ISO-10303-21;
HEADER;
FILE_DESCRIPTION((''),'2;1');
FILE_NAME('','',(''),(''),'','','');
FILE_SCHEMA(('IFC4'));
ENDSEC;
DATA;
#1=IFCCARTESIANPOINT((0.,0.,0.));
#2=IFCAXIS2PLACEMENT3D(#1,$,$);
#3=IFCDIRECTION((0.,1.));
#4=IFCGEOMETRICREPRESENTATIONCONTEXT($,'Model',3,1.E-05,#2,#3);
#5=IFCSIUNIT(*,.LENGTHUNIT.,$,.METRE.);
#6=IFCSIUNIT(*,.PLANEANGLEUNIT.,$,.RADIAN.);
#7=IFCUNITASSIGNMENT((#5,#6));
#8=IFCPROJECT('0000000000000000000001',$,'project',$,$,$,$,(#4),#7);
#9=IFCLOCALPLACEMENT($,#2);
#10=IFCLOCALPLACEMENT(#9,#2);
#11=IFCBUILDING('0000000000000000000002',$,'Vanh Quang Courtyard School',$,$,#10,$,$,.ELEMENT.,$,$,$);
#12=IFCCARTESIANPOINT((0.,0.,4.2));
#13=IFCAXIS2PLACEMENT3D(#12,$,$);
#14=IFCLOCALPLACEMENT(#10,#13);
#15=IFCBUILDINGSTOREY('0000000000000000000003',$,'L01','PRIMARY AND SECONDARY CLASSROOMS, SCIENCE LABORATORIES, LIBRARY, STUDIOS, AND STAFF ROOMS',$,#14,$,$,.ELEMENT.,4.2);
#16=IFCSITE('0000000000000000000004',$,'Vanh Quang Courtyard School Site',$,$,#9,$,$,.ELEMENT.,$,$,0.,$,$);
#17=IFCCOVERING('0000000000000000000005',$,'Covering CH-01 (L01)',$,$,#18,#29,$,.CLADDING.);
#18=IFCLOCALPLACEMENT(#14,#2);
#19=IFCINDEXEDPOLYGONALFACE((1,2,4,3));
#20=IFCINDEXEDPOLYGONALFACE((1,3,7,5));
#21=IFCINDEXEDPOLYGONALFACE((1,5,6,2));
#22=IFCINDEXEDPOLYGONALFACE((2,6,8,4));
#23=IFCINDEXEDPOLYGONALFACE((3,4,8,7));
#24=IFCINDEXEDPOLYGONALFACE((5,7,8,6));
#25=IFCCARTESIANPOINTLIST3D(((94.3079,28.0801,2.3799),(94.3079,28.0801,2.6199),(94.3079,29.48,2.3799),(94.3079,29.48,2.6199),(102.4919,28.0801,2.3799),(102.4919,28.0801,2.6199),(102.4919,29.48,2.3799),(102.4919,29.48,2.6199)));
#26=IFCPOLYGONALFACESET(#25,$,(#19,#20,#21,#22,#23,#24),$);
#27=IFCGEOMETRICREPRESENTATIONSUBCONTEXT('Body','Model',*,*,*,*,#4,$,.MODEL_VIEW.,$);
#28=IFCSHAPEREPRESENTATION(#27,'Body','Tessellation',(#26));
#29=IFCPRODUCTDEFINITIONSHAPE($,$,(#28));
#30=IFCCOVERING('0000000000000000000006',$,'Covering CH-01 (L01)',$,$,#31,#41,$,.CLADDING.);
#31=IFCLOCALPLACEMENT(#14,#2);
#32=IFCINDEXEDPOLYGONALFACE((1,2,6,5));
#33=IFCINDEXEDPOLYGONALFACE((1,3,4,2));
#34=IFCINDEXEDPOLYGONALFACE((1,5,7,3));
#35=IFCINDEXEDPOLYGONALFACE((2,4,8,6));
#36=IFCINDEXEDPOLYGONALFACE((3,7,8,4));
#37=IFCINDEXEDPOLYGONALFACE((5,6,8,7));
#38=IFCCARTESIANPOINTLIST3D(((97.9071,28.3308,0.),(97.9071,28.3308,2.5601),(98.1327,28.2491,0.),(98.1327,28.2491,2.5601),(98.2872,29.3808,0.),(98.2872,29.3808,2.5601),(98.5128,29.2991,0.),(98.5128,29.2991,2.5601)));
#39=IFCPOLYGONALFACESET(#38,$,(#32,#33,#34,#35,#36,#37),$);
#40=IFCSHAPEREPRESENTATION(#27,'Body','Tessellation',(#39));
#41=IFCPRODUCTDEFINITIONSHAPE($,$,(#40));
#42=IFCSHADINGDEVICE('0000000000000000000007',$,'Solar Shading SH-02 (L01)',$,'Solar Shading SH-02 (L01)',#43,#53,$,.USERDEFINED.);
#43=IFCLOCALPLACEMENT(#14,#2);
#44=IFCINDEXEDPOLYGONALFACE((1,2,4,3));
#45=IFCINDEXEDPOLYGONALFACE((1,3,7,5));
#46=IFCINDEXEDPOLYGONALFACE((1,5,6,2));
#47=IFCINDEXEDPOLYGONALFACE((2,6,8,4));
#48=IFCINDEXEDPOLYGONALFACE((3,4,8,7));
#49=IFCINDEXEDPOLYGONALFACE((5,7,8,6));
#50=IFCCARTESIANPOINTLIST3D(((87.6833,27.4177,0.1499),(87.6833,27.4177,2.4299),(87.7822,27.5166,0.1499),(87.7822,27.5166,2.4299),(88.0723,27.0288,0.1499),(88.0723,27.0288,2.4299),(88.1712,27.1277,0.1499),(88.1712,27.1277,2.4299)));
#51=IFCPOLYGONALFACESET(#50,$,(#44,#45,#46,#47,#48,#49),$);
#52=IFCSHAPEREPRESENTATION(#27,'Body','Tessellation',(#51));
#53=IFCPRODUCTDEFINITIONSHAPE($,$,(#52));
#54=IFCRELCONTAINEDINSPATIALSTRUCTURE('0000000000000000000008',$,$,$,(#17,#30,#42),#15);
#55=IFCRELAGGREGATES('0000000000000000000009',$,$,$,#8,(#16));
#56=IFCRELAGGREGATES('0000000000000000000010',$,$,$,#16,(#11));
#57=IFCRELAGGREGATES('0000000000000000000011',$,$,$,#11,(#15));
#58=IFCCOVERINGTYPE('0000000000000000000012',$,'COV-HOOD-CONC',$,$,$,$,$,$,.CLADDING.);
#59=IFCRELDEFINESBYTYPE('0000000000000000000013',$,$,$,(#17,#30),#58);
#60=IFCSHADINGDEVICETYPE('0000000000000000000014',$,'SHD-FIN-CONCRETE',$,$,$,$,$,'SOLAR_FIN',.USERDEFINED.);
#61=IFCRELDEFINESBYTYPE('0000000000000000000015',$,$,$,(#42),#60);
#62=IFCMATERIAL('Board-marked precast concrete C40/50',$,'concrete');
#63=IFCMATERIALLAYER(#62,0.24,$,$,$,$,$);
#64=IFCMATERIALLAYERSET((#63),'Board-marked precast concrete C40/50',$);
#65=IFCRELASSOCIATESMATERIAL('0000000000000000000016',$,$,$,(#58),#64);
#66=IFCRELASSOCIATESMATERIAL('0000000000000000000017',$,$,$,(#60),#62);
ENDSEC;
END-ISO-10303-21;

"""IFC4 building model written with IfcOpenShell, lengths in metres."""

from ifc_helpers import new_model, si_unit, direction, frame, origin, origin_2d, place, context, subcontext, project, spatial, rectangle, extrude, material, layer, layer_set, type_object, element, save


model = new_model("IFC4")

# Units and contexts
model_context = context("Model", 3, precision=1e-05, world=origin(), true_north=direction((0.0, 1.0)))
body_context = subcontext(model_context, "Body", "Model", "MODEL_VIEW")
ifc_project = project(units=[si_unit("LENGTHUNIT", "METRE"), si_unit("PLANEANGLEUNIT", "RADIAN")], contexts=[model_context])

# Site, building, storey
site_placement = place(None, origin())
site = spatial("IfcSite", under=ifc_project, at=site_placement, Name="Vanh Quang Courtyard School Site", CompositionType="ELEMENT", RefElevation=0.0)
building_placement = place(site_placement, origin())
building = spatial("IfcBuilding", under=site, at=building_placement, Name="Vanh Quang Courtyard School", CompositionType="ELEMENT")
storey_placement = place(building_placement, frame((0.0, 0.0, 4.2)))
storey = spatial("IfcBuildingStorey", under=building, at=storey_placement, Name="L01", Description="PRIMARY AND SECONDARY CLASSROOMS, SCIENCE LABORATORIES, LIBRARY, STUDIOS, AND STAFF ROOMS", CompositionType="ELEMENT", Elevation=4.2)

# Coverings
ifc_material_1 = material(Name="Board-marked precast concrete C40/50", Category="concrete")
ifc_layer_1 = layer(ifc_material_1, 0.24)
ifc_layer_set_1 = layer_set([ifc_layer_1], Name="Board-marked precast concrete C40/50")
covering_type = type_object("IfcCoveringType", Name="COV-HOOD-CONC", PredefinedType="CLADDING", material=ifc_layer_set_1)
covering_1_placement = place(storey_placement, frame((98.3999, 28.78, 2.3799), z_axis=(0.0, 0.0, 1.0), x_axis=(-1.0, 0.0, 0.0)))
element("IfcCovering", 1, at=covering_1_placement, inside=storey, type_object=covering_type, Name="Covering CH-01 (L01)", PredefinedType="CLADDING", context=body_context, shape_type="SweptSolid", body=[
    extrude(rectangle(XDim=8.1841, YDim=1.3999, at=origin_2d()), origin(), (0.0, 0.0, 1.0), 0.24),
])
covering_2_placement = place(storey_placement, frame((98.21, 28.8149, 0.0), z_axis=(0.0, 0.0, 1.0), x_axis=(-0.34038, -0.940288, 0.0)))
element("IfcCovering", 2, at=covering_2_placement, inside=storey, type_object=covering_type, Name="Covering CH-01 (L01)", PredefinedType="CLADDING", context=body_context, shape_type="SweptSolid", body=[
    extrude(rectangle(XDim=1.1167, YDim=0.24, at=origin_2d()), origin(), (0.0, 0.0, 1.0), 2.5601),
])

# Shading device
shading_device_type = type_object("IfcShadingDeviceType", Name="SHD-FIN-CONCRETE", ElementType="SOLAR_FIN", PredefinedType="USERDEFINED", material=ifc_material_1)
shading_device_placement = place(storey_placement, frame((87.9272, 27.2727, 0.1499), z_axis=(0.0, 0.0, 1.0), x_axis=(-0.707107, -0.707107, 0.0)))
element("IfcShadingDevice", 3, at=shading_device_placement, inside=storey, type_object=shading_device_type, Name="Solar Shading SH-02 (L01)", ObjectType="Solar Shading SH-02 (L01)", PredefinedType="USERDEFINED", context=body_context, shape_type="SweptSolid", body=[
    extrude(rectangle(XDim=0.1399, YDim=0.55, at=origin_2d()), origin(), (0.0, 0.0, 1.0), 2.28),
])

save(model, "model.ifc")
